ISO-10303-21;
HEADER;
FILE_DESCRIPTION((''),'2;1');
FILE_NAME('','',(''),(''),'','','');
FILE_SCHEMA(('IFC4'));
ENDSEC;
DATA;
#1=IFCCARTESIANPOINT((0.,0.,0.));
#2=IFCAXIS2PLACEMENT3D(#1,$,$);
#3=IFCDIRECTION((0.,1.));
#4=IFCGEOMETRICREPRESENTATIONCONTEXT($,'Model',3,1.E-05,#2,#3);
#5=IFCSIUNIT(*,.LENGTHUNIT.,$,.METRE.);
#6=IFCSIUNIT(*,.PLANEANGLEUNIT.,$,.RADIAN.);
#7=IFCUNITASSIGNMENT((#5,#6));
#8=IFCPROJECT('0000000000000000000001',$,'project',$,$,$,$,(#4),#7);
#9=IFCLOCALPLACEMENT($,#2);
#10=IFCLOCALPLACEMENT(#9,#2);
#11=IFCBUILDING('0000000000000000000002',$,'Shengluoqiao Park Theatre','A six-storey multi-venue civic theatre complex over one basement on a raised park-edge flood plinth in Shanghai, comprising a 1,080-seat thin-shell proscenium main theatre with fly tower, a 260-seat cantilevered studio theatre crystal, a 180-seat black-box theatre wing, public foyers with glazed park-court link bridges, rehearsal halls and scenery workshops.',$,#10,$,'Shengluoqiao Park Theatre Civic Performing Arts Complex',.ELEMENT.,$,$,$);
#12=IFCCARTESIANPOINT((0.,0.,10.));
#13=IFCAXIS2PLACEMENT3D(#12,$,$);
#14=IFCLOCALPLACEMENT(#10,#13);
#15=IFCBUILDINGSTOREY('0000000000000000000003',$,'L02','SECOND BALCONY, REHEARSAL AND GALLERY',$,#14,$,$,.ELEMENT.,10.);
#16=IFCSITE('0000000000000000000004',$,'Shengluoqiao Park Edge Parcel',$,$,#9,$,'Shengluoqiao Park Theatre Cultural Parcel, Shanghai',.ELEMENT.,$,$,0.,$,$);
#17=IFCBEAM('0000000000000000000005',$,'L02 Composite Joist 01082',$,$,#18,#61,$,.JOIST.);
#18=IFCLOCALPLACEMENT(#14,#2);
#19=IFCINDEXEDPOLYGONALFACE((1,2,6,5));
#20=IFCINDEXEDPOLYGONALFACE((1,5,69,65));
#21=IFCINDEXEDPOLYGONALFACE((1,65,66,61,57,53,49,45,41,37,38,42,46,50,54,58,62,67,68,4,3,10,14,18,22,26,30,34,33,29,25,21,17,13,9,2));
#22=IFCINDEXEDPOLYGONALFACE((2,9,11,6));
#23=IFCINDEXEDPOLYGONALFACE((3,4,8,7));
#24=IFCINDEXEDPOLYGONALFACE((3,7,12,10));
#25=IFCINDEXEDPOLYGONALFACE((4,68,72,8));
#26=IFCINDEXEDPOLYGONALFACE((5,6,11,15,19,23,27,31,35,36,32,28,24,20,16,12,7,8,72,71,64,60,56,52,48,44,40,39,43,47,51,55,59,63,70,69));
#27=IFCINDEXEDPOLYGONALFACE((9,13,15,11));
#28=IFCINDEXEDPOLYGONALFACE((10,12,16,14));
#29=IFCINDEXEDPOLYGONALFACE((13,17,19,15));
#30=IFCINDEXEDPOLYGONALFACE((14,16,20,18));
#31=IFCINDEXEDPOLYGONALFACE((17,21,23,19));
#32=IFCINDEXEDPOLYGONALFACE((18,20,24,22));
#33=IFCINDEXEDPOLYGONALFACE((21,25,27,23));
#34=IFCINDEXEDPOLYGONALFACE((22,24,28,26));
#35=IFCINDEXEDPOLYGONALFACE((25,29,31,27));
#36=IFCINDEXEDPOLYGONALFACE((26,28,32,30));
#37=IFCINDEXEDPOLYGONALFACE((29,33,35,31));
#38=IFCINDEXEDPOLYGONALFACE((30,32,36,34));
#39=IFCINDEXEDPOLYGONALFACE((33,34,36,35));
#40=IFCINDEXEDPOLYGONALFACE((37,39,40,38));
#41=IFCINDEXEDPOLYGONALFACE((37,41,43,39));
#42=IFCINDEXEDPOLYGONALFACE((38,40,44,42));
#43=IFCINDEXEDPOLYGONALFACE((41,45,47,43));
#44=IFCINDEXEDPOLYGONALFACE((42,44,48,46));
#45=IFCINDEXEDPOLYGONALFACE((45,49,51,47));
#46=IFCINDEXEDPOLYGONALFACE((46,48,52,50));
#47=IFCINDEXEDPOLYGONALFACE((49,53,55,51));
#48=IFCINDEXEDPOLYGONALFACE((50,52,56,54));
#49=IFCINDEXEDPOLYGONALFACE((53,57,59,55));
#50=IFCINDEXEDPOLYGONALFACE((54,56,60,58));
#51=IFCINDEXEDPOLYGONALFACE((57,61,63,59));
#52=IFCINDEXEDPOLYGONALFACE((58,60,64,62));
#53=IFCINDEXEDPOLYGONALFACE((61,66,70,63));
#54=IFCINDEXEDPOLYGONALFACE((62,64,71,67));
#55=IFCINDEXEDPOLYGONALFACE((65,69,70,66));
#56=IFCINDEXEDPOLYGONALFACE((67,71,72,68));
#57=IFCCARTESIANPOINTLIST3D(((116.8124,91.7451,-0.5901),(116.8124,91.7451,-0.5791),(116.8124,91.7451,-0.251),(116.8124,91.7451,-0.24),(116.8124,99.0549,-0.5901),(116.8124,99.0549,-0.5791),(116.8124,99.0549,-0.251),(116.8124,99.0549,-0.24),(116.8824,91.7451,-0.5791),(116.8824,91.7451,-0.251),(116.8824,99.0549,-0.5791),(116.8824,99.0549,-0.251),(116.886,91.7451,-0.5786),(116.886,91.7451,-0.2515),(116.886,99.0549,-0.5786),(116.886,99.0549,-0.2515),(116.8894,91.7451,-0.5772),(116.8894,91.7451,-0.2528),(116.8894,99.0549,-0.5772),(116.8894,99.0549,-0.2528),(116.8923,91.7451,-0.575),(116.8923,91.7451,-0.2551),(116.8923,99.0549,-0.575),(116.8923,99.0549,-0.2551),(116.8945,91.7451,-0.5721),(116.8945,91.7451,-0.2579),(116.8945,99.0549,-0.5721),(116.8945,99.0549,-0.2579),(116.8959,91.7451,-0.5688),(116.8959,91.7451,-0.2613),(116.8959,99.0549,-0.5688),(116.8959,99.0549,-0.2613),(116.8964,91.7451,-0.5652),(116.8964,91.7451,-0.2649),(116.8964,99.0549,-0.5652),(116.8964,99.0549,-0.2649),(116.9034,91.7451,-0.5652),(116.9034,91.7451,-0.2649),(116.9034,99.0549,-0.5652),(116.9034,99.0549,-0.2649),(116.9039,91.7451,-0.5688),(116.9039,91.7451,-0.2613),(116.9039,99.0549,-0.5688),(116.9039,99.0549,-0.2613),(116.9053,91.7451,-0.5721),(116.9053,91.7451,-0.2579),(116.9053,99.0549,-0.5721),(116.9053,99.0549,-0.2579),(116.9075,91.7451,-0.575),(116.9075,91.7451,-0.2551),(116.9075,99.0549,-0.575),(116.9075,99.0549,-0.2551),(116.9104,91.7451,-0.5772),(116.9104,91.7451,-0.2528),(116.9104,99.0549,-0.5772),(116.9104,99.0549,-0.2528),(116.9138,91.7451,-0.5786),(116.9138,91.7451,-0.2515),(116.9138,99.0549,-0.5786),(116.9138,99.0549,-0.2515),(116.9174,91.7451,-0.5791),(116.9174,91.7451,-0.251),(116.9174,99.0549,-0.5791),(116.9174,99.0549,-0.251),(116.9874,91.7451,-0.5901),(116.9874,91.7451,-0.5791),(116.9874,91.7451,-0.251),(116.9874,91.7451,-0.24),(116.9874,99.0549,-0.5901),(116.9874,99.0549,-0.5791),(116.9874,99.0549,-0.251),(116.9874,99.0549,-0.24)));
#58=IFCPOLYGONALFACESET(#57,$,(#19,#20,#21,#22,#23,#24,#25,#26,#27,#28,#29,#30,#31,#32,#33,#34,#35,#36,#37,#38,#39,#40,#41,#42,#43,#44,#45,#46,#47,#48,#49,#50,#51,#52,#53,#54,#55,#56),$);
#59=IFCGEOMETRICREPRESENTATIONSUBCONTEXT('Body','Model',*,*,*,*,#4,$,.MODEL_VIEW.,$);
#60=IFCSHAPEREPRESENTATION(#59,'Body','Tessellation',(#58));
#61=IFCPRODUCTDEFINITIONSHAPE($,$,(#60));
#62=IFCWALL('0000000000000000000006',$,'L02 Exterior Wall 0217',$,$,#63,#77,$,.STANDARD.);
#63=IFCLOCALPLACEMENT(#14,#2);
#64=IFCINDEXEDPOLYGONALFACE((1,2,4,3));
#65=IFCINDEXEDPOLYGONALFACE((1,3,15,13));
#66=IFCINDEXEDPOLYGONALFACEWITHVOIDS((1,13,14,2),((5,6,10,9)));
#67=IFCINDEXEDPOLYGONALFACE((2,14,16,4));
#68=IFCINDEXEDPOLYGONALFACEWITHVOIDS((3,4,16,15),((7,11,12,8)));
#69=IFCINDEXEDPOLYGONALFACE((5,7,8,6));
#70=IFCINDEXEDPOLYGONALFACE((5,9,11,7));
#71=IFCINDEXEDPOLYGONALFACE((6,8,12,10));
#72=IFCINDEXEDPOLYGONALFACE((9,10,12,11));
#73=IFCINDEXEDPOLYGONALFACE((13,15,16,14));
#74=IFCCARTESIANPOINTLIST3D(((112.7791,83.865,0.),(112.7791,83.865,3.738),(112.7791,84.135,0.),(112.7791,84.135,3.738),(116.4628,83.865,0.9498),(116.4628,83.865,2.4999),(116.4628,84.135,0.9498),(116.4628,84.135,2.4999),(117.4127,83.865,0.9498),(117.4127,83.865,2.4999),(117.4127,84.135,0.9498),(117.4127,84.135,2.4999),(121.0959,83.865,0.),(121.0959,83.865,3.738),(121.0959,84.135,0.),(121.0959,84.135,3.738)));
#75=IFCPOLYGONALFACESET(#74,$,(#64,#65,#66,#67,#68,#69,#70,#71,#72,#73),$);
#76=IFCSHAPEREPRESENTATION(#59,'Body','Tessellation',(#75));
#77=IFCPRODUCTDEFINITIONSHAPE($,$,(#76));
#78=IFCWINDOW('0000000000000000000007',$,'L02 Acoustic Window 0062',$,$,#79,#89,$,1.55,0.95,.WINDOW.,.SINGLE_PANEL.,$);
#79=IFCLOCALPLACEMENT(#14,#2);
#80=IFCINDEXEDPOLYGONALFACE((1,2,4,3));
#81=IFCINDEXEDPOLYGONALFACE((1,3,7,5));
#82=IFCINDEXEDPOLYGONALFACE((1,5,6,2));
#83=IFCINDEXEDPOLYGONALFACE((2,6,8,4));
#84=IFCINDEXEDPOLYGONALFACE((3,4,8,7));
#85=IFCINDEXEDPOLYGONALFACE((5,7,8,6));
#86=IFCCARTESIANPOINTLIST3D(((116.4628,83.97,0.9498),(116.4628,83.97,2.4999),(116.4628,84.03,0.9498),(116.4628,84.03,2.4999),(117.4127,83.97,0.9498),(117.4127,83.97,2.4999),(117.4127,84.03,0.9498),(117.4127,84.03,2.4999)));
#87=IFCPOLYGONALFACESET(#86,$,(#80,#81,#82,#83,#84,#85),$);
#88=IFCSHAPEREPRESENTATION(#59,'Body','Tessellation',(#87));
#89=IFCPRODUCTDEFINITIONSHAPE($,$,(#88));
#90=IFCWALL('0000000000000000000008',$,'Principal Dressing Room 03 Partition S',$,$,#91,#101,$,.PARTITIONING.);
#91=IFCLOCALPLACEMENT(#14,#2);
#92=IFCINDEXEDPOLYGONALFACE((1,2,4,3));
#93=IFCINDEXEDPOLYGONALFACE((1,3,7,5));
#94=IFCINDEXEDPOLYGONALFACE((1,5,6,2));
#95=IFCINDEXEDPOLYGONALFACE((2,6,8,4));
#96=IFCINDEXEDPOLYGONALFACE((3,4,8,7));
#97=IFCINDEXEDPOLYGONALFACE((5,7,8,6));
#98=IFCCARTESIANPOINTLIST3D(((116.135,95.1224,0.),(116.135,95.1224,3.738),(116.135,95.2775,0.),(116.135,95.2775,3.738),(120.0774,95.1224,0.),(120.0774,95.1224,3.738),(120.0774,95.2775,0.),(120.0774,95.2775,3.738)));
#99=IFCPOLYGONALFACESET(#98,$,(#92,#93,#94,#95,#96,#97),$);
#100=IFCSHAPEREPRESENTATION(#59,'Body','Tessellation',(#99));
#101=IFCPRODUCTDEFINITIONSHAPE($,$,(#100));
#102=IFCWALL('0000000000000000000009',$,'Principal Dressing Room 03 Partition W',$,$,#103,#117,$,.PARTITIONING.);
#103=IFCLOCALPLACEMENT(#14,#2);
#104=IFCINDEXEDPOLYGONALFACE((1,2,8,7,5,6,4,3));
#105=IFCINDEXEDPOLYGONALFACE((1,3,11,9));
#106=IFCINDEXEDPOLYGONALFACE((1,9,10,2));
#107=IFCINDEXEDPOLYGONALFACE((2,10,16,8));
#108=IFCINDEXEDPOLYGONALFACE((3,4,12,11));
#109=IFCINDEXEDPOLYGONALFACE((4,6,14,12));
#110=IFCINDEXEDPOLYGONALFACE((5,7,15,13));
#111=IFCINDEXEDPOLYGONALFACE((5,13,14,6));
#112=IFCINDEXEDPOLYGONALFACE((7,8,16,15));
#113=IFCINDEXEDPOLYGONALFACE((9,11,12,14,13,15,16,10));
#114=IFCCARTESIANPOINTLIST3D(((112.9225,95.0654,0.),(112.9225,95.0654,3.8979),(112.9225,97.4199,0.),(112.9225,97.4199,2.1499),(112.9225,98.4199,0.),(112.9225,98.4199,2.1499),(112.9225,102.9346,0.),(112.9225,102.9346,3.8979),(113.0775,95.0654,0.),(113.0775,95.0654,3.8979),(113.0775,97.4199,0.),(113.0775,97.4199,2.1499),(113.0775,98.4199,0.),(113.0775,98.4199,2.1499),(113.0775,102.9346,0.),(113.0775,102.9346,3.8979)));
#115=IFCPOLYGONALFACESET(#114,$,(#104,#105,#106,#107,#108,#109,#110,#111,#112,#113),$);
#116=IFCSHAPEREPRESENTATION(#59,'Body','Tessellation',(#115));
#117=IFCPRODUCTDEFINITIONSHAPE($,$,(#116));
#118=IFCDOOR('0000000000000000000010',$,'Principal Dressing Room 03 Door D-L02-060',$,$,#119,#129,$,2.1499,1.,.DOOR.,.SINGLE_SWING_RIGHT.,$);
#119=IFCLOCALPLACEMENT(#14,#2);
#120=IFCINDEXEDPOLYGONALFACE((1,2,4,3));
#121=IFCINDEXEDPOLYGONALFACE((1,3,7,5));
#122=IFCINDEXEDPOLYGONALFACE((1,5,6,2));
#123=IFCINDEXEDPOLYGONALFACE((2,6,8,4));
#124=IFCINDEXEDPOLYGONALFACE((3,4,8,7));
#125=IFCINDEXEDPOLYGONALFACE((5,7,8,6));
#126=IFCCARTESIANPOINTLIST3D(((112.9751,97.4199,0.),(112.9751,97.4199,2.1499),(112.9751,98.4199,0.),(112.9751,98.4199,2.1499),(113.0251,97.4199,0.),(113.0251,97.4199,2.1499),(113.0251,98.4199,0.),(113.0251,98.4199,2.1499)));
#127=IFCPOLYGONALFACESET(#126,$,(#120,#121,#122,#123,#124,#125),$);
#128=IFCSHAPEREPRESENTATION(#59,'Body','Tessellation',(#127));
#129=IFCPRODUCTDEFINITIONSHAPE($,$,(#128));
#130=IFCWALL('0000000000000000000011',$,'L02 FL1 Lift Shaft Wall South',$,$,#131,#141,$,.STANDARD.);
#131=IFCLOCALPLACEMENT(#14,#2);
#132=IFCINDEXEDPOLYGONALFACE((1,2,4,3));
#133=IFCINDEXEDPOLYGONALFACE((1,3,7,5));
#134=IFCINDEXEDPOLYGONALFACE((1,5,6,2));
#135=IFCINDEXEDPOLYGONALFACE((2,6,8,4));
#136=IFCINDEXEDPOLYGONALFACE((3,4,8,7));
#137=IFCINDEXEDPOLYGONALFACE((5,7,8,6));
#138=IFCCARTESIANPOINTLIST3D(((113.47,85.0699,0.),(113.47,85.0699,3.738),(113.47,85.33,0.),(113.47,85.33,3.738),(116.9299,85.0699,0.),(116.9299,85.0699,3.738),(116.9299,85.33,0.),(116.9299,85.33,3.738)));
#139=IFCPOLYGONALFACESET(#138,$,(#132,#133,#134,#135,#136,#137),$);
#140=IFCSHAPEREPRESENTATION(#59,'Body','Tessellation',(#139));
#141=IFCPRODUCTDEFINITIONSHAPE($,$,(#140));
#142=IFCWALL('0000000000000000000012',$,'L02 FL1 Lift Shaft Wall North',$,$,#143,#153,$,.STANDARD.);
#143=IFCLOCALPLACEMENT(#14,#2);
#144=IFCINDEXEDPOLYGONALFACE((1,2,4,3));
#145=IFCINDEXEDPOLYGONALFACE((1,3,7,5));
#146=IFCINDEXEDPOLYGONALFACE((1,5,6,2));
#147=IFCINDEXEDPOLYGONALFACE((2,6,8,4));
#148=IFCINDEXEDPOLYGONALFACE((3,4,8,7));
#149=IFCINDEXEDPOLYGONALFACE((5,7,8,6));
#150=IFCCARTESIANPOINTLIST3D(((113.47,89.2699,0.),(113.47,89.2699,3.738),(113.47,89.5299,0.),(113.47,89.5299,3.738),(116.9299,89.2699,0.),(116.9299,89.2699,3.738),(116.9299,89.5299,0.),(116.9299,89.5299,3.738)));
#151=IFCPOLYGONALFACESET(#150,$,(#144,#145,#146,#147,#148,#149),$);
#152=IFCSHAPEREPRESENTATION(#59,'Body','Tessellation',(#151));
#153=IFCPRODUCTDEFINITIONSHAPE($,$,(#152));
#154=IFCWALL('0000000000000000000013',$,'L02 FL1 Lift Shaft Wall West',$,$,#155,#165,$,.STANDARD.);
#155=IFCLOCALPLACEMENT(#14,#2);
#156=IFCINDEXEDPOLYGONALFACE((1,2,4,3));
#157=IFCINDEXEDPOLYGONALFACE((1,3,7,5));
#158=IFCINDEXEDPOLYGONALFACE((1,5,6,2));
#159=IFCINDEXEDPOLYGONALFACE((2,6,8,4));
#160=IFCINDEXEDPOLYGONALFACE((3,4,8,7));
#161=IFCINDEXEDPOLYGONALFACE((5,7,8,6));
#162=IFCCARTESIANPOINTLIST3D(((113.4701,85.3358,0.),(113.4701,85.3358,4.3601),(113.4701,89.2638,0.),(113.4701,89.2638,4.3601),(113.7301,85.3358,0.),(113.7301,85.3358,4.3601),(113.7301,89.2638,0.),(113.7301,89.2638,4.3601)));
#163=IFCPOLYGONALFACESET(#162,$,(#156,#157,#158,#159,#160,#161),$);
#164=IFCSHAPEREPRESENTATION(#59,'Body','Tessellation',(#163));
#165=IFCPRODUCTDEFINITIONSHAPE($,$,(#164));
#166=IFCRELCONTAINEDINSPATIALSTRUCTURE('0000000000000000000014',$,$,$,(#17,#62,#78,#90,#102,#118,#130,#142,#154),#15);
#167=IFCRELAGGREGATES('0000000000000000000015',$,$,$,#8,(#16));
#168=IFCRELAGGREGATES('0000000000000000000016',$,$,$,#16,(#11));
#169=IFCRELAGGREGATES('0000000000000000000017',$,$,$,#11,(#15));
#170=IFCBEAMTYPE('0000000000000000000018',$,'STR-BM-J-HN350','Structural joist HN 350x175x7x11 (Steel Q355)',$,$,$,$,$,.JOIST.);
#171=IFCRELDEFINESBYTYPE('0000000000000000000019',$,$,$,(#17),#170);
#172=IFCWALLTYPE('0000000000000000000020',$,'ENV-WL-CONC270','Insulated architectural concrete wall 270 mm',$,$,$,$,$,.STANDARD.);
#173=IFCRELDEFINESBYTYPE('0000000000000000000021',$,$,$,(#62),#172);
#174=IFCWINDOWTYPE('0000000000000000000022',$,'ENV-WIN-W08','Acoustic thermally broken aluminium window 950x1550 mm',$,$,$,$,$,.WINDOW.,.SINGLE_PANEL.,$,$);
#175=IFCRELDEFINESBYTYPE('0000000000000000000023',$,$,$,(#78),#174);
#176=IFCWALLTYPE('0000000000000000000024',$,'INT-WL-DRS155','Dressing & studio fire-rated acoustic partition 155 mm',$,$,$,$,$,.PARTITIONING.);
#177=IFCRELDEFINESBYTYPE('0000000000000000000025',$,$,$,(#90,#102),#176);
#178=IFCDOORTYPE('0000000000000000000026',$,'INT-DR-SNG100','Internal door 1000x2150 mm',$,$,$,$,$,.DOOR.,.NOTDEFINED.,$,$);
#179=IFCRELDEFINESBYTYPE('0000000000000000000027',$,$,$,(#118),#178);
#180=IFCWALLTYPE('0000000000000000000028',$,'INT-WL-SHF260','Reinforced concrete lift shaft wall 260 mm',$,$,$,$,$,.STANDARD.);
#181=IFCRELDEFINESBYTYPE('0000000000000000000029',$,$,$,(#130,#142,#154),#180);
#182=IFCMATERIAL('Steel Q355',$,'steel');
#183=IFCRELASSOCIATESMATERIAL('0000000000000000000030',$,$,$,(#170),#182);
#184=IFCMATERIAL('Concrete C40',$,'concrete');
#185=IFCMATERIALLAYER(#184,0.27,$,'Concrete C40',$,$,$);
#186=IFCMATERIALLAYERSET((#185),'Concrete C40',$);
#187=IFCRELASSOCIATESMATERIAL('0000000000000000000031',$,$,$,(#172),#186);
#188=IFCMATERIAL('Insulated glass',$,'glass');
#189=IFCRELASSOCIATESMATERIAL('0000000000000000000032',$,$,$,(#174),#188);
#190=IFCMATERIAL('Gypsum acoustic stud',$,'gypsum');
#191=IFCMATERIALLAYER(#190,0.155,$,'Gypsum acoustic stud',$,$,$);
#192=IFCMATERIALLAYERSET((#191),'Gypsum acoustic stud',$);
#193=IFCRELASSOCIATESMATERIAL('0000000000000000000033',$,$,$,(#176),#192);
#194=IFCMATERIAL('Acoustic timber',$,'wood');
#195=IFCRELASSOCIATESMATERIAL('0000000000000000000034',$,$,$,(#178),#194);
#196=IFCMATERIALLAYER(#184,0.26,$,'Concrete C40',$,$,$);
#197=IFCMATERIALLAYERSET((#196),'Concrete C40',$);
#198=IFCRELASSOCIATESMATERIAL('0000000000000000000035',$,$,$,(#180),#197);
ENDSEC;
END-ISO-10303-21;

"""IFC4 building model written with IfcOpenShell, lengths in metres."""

from ifc_helpers import new_model, si_unit, direction, frame, frame_2d, origin, origin_2d, place, context, subcontext, project, spatial, rectangle, i_section, extrude, material, layer, layer_set, material_profile, profile_set, type_object, element, fill, save


model = new_model("IFC4")

# Units and contexts
model_context = context("Model", 3, precision=1e-05, world=origin(), true_north=direction((0.0, 1.0)))
body_context = subcontext(model_context, "Body", "Model", "MODEL_VIEW")
ifc_project = project(units=[si_unit("LENGTHUNIT", "METRE"), si_unit("PLANEANGLEUNIT", "RADIAN")], contexts=[model_context])

# Site, building, storey
site_placement = place(None, origin())
site = spatial("IfcSite", under=ifc_project, at=site_placement, Name="Shengluoqiao Park Edge Parcel", LongName="Shengluoqiao Park Theatre Cultural Parcel, Shanghai", CompositionType="ELEMENT", RefElevation=0.0)
building_placement = place(site_placement, origin())
building = spatial("IfcBuilding", under=site, at=building_placement, Name="Shengluoqiao Park Theatre", Description="A six-storey multi-venue civic theatre complex over one basement on a raised park-edge flood plinth in Shanghai, comprising a 1,080-seat thin-shell proscenium main theatre with fly tower, a 260-seat cantilevered studio theatre crystal, a 180-seat black-box theatre wing, public foyers with glazed park-court link bridges, rehearsal halls and scenery workshops.", LongName="Shengluoqiao Park Theatre Civic Performing Arts Complex", CompositionType="ELEMENT")
storey_placement = place(building_placement, frame((0.0, 0.0, 10.0)))
storey = spatial("IfcBuildingStorey", under=building, at=storey_placement, Name="L02", Description="SECOND BALCONY, REHEARSAL AND GALLERY", CompositionType="ELEMENT", Elevation=10.0)

# Beam
ifc_material_1 = material(Name="Steel Q355", Category="steel")
ifc_material_profile_1 = material_profile(ifc_material_1, i_section(OverallWidth=0.175, OverallDepth=0.3501, WebThickness=0.0071, FlangeThickness=0.011, FilletRadius=0.0139, at=origin_2d()), Name="HN 350x175x7x11")
ifc_profile_set_1 = profile_set([ifc_material_profile_1], Name="Steel Q355")
beam_type_1 = type_object("IfcBeamType", Name="STR-BM-J-HN350", Description="Structural joist HN 350x175x7x11 (Steel Q355)", PredefinedType="JOIST", material=ifc_profile_set_1)
for number, where, z_axis, x_axis, name in (
    (1, (116.8999, 91.7451, -0.415), (0.0, 1.0, 0.0), (-1.0, 0.0, 0.0), "L02 Composite Joist 01082"),
):
    element("IfcBeam", number, at=place(storey_placement, frame(where, z_axis=z_axis, x_axis=x_axis)), inside=storey, type_object=beam_type_1, Name=name, PredefinedType="JOIST", context=body_context, shape_type="SweptSolid", body=[
        extrude(i_section(OverallWidth=0.175, OverallDepth=0.3501, WebThickness=0.0071, FlangeThickness=0.011, FilletRadius=0.0139, at=origin_2d()), origin(), (0.0, 0.0, 1.0), 7.3098),
    ])

# Wall, opening, window
ifc_material_2 = material(Name="Concrete C40", Category="concrete")
ifc_layer_1 = layer(ifc_material_2, 0.27, Name="Concrete C40")
ifc_layer_set_1 = layer_set([ifc_layer_1], Name="Concrete C40")
wall_type_1 = type_object("IfcWallType", Name="ENV-WL-CONC270", Description="Insulated architectural concrete wall 270 mm", PredefinedType="STANDARD", material=ifc_layer_set_1)
wall_1_placement = place(storey_placement, frame((112.7791, 84.0, 0.0), z_axis=(0.0, 0.0, 1.0), x_axis=(1.0, 0.0, 0.0)))
wall_1 = element("IfcWall", 2, at=wall_1_placement, inside=storey, type_object=wall_type_1, Name="L02 Exterior Wall 0217", PredefinedType="STANDARD", context=body_context, shape_type="SweptSolid", body=[
    extrude(rectangle(XDim=8.3169, YDim=0.27, at=frame_2d((4.1584, 0.0))), origin(), (0.0, 0.0, 1.0), 3.738),
])
opening_1_placement = place(wall_1_placement, frame((3.6836, 0.0, 0.95)))
opening_1 = element("IfcOpeningElement", 3, at=opening_1_placement, cuts=wall_1, PredefinedType="OPENING", context=body_context, shape_type="SweptSolid", body=[
    extrude(rectangle(XDim=0.95, YDim=1.55, at=frame_2d((0.4751, 0.7749))), frame((0.0, 0.145, 0.0), z_axis=(0.0, -1.0, 0.0), x_axis=(1.0, 0.0, 0.0)), (0.0, 0.0, 1.0), 0.29),
])
ifc_material_3 = material(Name="Insulated glass", Category="glass")
window_type = type_object("IfcWindowType", Name="ENV-WIN-W08", Description="Acoustic thermally broken aluminium window 950x1550 mm", PartitioningType="SINGLE_PANEL", PredefinedType="WINDOW", material=ifc_material_3)
window_placement = place(opening_1_placement, origin())
window = element("IfcWindow", 4, at=window_placement, inside=storey, type_object=window_type, Name="L02 Acoustic Window 0062", OverallHeight=1.55, OverallWidth=0.95, PartitioningType="SINGLE_PANEL", PredefinedType="WINDOW", context=body_context, shape_type="SweptSolid", body=[
    extrude(rectangle(XDim=0.95, YDim=1.55, at=frame_2d((0.4751, 0.7749))), frame((0.0, 0.03, 0.0), z_axis=(0.0, -1.0, 0.0), x_axis=(1.0, 0.0, 0.0)), (0.0, 0.0, 1.0), 0.0601),
])
fill(opening_1, window)

# Wall
ifc_material_4 = material(Name="Gypsum acoustic stud", Category="gypsum")
ifc_layer_2 = layer(ifc_material_4, 0.155, Name="Gypsum acoustic stud")
ifc_layer_set_2 = layer_set([ifc_layer_2], Name="Gypsum acoustic stud")
wall_type_2 = type_object("IfcWallType", Name="INT-WL-DRS155", Description="Dressing & studio fire-rated acoustic partition 155 mm", PredefinedType="PARTITIONING", material=ifc_layer_set_2)
wall_2_placement = place(storey_placement, frame((116.135, 95.2, 0.0), z_axis=(0.0, 0.0, 1.0), x_axis=(1.0, 0.0, 0.0)))
element("IfcWall", 5, at=wall_2_placement, inside=storey, type_object=wall_type_2, Name="Principal Dressing Room 03 Partition S", PredefinedType="PARTITIONING", context=body_context, shape_type="SweptSolid", body=[
    extrude(rectangle(XDim=3.9424, YDim=0.155, at=frame_2d((1.9712, 0.0))), origin(), (0.0, 0.0, 1.0), 3.738),
])

# Wall, opening, door
wall_3_placement = place(storey_placement, frame((113.0, 95.0654, 0.0), z_axis=(0.0, 0.0, 1.0), x_axis=(0.0, 1.0, 0.0)))
wall_3 = element("IfcWall", 6, at=wall_3_placement, inside=storey, type_object=wall_type_2, Name="Principal Dressing Room 03 Partition W", PredefinedType="PARTITIONING", context=body_context, shape_type="SweptSolid", body=[
    extrude(rectangle(XDim=7.8691, YDim=0.155, at=frame_2d((3.9346, 0.0))), origin(), (0.0, 0.0, 1.0), 3.8979),
])
opening_2_placement = place(wall_3_placement, frame((2.3545, 0.0, 0.0)))
opening_2 = element("IfcOpeningElement", 7, at=opening_2_placement, cuts=wall_3, PredefinedType="OPENING", context=body_context, shape_type="SweptSolid", body=[
    extrude(rectangle(XDim=1.0, YDim=2.1499, at=frame_2d((0.5, 1.075))), frame((0.0, 0.0874, 0.0), z_axis=(0.0, -1.0, 0.0), x_axis=(1.0, 0.0, 0.0)), (0.0, 0.0, 1.0), 0.175),
])
ifc_material_5 = material(Name="Acoustic timber", Category="wood")
door_type_1 = type_object("IfcDoorType", Name="INT-DR-SNG100", Description="Internal door 1000x2150 mm", OperationType="NOTDEFINED", PredefinedType="DOOR", material=ifc_material_5)
door_1_placement = place(opening_2_placement, origin())
door_1 = element("IfcDoor", 8, at=door_1_placement, inside=storey, type_object=door_type_1, Name="Principal Dressing Room 03 Door D-L02-060", OperationType="SINGLE_SWING_RIGHT", OverallHeight=2.1499, OverallWidth=1.0, PredefinedType="DOOR", context=body_context, shape_type="SweptSolid", body=[
    extrude(rectangle(XDim=1.0, YDim=2.1499, at=frame_2d((0.5, 1.075))), frame((0.0, 0.0249, 0.0), z_axis=(0.0, -1.0, 0.0), x_axis=(1.0, 0.0, 0.0)), (0.0, 0.0, 1.0), 0.05),
])
fill(opening_2, door_1)

# Walls
ifc_layer_3 = layer(ifc_material_2, 0.26, Name="Concrete C40")
ifc_layer_set_3 = layer_set([ifc_layer_3], Name="Concrete C40")
wall_type_3 = type_object("IfcWallType", Name="INT-WL-SHF260", Description="Reinforced concrete lift shaft wall 260 mm", PredefinedType="STANDARD", material=ifc_layer_set_3)
for number, where, z_axis, x_axis, name in (
    (9, (113.47, 85.2, 0.0), (0.0, 0.0, 1.0), (1.0, 0.0, 0.0), "L02 FL1 Lift Shaft Wall South"),
    (10, (113.47, 89.3999, 0.0), (0.0, 0.0, 1.0), (1.0, 0.0, 0.0), "L02 FL1 Lift Shaft Wall North"),
):
    element("IfcWall", number, at=place(storey_placement, frame(where, z_axis=z_axis, x_axis=x_axis)), inside=storey, type_object=wall_type_3, Name=name, PredefinedType="STANDARD", context=body_context, shape_type="SweptSolid", body=[
        extrude(rectangle(XDim=3.46, YDim=0.26, at=frame_2d((1.73, 0.0))), origin(), (0.0, 0.0, 1.0), 3.738),
    ])
wall_4_placement = place(storey_placement, frame((113.6001, 85.3359, 0.0), z_axis=(0.0, 0.0, 1.0), x_axis=(0.0, 1.0, 0.0)))
element("IfcWall", 11, at=wall_4_placement, inside=storey, type_object=wall_type_3, Name="L02 FL1 Lift Shaft Wall West", PredefinedType="STANDARD", context=body_context, shape_type="SweptSolid", body=[
    extrude(rectangle(XDim=3.928, YDim=0.26, at=frame_2d((1.9639, 0.0))), origin(), (0.0, 0.0, 1.0), 4.3601),
])

save(model, "model.ifc")
